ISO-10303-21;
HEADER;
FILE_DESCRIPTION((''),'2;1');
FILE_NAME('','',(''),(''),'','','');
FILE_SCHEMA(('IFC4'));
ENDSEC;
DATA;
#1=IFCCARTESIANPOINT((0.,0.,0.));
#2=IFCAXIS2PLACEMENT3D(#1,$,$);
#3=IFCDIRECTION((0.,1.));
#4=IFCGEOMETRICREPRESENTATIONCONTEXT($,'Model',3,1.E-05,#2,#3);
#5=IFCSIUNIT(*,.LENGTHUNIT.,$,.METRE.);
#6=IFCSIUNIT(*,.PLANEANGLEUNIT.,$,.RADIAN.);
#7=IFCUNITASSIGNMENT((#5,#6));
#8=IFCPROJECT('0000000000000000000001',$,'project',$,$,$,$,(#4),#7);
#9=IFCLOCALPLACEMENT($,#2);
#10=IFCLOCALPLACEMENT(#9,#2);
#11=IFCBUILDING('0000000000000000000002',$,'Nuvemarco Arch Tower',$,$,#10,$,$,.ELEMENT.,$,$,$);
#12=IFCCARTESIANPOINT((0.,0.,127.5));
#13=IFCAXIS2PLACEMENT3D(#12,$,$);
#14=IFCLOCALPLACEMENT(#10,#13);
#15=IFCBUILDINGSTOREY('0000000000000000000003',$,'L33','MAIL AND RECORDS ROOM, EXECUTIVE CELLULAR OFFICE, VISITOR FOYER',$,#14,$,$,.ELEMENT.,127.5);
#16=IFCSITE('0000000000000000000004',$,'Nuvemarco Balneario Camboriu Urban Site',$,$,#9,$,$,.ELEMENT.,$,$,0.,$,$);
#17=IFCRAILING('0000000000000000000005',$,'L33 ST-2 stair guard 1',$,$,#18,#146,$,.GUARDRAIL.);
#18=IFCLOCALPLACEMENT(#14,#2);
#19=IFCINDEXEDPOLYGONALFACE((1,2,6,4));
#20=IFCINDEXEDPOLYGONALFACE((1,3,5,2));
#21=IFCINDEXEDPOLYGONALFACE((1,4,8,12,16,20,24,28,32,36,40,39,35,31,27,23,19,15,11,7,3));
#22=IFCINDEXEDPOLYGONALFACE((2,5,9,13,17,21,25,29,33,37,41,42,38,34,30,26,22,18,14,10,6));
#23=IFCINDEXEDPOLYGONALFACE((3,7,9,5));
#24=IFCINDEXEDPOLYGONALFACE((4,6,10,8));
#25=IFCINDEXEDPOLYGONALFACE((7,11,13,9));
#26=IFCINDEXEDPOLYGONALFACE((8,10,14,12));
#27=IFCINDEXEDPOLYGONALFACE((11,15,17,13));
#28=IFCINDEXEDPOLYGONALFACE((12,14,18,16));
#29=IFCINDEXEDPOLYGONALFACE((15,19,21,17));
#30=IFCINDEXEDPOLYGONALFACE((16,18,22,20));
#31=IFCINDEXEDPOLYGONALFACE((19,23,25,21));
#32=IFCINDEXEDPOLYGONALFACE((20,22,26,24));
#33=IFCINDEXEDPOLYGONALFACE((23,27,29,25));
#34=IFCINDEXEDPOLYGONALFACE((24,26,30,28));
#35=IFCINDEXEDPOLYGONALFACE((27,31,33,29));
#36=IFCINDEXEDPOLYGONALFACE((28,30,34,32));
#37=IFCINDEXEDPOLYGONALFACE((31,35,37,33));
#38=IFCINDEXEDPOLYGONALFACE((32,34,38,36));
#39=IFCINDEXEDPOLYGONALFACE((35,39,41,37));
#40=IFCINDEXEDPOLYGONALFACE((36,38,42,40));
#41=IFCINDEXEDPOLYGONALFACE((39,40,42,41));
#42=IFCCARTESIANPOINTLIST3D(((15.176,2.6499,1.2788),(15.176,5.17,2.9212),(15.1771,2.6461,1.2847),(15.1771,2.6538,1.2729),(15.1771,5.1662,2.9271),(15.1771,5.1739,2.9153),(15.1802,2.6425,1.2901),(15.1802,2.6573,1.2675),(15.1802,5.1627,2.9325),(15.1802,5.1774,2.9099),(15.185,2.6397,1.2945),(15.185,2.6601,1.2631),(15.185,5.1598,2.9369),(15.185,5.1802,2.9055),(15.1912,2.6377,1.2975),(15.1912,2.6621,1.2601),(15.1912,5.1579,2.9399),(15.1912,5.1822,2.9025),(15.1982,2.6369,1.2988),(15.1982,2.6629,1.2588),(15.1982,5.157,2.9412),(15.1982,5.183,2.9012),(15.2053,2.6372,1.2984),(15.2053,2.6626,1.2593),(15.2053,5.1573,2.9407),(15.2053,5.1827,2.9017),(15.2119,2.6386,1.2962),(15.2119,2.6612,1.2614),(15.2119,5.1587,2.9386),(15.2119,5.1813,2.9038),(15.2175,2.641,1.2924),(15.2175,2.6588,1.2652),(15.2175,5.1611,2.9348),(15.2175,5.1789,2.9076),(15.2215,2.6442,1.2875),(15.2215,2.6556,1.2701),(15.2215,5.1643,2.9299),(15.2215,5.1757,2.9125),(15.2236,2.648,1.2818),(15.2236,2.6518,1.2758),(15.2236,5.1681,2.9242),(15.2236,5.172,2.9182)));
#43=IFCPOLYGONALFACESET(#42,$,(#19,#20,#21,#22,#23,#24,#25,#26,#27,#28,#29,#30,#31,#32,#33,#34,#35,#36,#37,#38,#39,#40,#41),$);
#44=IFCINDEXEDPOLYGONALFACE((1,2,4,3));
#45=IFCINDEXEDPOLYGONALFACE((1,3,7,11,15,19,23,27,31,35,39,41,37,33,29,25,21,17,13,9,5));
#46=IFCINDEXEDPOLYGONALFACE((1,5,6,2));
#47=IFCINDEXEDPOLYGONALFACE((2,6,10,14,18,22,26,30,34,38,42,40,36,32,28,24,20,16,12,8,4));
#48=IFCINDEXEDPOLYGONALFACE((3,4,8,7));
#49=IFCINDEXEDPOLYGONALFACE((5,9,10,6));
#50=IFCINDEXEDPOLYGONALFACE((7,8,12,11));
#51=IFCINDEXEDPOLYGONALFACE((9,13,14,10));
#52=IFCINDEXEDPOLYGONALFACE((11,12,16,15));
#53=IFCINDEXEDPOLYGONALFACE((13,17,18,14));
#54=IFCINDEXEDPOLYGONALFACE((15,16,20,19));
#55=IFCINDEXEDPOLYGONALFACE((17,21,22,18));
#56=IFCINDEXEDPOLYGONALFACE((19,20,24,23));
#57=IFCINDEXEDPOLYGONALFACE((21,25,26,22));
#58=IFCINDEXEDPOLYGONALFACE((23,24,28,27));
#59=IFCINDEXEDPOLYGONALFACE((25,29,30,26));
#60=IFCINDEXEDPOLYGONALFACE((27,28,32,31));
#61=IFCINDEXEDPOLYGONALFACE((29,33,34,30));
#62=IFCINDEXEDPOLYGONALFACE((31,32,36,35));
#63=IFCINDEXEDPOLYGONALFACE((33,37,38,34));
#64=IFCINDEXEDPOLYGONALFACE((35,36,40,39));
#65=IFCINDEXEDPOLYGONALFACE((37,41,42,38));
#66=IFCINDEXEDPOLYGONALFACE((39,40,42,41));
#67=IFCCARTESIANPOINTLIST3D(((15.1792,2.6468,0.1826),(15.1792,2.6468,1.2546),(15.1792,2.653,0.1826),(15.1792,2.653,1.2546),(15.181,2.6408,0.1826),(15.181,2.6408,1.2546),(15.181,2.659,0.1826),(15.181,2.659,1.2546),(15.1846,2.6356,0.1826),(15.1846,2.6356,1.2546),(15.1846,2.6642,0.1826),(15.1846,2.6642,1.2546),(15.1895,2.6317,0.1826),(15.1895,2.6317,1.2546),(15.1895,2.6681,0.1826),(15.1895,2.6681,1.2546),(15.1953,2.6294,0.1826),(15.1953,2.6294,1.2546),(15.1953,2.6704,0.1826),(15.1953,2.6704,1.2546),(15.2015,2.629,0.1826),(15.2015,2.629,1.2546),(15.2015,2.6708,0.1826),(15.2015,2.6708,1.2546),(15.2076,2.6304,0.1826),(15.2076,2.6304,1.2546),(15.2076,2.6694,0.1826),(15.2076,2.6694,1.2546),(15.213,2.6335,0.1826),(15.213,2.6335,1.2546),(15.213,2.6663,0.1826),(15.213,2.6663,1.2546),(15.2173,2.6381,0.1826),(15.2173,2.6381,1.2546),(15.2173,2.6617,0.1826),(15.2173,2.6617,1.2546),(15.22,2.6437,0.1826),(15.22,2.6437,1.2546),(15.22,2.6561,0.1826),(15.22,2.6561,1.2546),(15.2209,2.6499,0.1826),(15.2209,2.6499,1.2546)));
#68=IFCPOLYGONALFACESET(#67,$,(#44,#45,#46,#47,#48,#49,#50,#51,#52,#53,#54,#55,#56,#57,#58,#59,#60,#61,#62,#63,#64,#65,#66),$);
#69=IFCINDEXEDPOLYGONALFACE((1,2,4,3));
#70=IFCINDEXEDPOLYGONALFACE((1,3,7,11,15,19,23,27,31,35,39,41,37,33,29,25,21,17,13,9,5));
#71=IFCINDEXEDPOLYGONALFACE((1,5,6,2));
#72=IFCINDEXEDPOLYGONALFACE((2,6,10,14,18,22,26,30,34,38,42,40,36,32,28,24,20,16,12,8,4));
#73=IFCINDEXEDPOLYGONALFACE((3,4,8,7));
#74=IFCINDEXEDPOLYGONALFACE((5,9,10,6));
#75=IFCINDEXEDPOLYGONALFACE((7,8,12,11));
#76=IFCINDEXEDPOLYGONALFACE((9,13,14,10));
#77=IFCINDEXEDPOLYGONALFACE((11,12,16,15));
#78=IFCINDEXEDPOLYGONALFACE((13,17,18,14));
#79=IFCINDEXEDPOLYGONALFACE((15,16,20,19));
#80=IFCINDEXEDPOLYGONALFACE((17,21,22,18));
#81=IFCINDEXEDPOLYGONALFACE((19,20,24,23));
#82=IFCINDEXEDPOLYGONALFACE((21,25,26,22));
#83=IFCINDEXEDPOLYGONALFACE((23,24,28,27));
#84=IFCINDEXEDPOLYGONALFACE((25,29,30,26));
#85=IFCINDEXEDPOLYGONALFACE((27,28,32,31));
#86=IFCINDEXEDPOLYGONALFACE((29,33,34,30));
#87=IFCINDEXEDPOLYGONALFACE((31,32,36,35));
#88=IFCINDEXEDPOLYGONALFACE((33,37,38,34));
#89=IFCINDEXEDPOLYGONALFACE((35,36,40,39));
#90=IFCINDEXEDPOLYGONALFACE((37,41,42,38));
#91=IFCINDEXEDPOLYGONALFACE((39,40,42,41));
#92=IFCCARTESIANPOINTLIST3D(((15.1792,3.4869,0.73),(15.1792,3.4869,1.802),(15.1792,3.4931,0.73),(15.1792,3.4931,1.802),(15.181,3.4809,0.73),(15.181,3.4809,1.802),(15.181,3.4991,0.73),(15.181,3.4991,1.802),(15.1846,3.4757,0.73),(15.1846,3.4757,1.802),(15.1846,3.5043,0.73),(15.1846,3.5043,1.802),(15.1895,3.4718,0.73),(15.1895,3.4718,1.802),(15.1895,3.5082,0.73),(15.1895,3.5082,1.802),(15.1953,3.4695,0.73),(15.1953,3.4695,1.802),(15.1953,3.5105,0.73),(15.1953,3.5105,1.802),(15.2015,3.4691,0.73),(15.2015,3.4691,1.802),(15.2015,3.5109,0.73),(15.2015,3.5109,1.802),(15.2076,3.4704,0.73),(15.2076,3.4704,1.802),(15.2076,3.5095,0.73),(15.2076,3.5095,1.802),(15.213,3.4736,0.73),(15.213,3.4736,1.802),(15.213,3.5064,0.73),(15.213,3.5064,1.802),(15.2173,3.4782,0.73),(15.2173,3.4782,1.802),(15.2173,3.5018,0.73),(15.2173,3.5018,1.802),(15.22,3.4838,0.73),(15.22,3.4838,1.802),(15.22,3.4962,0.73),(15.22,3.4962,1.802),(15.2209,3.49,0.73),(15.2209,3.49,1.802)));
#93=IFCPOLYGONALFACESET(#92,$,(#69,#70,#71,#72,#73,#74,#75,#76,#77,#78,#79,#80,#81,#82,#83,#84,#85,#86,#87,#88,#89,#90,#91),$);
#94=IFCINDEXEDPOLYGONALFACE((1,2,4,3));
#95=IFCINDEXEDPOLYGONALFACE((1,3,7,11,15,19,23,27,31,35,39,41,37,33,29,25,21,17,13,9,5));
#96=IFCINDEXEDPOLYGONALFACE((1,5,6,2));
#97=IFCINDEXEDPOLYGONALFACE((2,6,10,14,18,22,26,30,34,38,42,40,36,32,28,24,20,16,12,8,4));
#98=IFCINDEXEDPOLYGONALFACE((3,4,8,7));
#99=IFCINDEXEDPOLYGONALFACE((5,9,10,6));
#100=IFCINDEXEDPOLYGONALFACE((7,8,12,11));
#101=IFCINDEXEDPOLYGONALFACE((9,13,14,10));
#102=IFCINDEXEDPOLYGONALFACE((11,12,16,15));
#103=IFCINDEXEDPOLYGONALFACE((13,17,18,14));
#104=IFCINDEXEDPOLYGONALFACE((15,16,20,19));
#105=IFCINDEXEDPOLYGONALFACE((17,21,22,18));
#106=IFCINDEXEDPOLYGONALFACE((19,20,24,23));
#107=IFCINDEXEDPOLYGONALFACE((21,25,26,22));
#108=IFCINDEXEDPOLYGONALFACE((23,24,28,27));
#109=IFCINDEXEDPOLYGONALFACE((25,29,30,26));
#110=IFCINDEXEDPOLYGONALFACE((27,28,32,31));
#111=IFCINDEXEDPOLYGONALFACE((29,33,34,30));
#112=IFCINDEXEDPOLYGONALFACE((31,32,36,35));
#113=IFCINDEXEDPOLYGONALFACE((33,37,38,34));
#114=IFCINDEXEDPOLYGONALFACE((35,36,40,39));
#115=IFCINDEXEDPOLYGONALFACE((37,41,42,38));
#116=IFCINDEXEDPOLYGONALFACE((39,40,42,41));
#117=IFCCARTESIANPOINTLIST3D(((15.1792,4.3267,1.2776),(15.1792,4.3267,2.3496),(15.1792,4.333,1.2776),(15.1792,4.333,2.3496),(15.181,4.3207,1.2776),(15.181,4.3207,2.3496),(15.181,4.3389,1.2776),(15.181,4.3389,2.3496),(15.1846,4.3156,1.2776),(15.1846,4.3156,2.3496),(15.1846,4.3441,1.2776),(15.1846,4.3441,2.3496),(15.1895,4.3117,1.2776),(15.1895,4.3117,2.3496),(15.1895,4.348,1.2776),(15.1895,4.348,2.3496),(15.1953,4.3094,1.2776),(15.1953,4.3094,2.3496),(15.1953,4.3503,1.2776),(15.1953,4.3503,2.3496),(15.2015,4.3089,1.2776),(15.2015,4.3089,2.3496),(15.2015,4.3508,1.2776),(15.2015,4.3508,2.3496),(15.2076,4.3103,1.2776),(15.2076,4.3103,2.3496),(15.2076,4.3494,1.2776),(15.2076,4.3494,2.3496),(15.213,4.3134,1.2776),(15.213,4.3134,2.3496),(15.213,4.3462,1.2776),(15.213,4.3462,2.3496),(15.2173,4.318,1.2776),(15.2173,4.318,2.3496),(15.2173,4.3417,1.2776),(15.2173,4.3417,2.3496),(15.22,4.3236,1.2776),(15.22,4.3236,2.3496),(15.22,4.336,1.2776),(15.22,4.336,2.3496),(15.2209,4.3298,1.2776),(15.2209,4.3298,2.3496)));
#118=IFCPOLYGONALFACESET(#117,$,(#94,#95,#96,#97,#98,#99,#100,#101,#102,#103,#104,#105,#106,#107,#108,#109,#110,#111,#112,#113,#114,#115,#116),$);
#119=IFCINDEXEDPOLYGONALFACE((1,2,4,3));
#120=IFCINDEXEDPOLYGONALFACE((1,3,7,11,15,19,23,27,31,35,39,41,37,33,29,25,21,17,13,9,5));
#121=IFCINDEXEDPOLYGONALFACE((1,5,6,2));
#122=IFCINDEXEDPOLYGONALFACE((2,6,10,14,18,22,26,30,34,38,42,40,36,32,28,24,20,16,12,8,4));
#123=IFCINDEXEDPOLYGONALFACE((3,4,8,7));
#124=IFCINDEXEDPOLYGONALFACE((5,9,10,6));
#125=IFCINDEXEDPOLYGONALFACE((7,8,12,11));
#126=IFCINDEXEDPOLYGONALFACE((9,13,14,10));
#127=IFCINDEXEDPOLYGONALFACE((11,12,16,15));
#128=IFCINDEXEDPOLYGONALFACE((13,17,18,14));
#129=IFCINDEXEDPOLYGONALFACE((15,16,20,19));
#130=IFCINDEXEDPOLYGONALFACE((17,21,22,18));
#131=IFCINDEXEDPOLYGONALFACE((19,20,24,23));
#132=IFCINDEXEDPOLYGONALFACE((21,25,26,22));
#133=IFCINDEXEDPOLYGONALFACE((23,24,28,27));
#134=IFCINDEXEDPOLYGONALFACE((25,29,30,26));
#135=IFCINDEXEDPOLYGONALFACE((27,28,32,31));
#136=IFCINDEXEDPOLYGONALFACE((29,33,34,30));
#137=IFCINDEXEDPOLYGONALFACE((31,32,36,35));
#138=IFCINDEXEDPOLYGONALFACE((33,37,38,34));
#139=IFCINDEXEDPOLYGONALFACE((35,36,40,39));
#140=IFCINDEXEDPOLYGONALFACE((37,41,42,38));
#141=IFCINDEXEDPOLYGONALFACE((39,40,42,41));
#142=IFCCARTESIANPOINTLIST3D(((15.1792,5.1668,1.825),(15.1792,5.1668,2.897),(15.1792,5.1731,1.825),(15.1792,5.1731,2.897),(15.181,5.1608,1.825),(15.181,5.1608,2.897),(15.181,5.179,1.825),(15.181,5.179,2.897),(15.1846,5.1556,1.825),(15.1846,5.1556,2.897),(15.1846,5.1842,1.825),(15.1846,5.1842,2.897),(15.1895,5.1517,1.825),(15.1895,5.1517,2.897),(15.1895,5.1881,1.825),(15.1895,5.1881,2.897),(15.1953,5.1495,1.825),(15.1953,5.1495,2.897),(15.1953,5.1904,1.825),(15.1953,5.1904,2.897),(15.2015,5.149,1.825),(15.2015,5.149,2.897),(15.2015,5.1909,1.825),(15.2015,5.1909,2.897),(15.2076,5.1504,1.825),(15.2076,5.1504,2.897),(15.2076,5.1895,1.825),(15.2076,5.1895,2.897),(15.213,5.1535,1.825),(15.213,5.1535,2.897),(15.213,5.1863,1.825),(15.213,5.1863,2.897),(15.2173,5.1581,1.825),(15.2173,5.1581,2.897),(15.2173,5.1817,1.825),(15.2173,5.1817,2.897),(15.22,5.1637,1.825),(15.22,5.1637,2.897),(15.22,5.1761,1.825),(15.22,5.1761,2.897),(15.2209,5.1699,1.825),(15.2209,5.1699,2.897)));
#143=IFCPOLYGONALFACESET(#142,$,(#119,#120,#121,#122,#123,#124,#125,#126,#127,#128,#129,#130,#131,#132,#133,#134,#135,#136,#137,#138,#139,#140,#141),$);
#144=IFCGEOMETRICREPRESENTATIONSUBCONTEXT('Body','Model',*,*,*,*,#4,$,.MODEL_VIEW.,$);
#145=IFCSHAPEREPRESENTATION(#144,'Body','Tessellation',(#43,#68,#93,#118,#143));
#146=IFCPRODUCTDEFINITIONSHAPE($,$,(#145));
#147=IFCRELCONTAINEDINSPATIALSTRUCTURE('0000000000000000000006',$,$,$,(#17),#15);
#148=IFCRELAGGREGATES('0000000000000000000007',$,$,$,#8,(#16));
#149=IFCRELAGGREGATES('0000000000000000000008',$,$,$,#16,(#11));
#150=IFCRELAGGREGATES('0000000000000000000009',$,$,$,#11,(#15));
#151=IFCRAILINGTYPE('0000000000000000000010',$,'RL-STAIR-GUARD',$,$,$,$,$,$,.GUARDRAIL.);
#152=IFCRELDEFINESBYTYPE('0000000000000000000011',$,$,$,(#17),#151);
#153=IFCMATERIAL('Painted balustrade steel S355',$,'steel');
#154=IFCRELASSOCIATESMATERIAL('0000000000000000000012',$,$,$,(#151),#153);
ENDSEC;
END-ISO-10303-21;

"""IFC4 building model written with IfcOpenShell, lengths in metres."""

from ifc_helpers import new_model, si_unit, direction, frame, origin, origin_2d, place, context, subcontext, project, spatial, circle, extrude, material, type_object, element, save


model = new_model("IFC4")

# Units and contexts
model_context = context("Model", 3, precision=1e-05, world=origin(), true_north=direction((0.0, 1.0)))
body_context = subcontext(model_context, "Body", "Model", "MODEL_VIEW")
ifc_project = project(units=[si_unit("LENGTHUNIT", "METRE"), si_unit("PLANEANGLEUNIT", "RADIAN")], contexts=[model_context])

# Site, building, storey
site_placement = place(None, origin())
site = spatial("IfcSite", under=ifc_project, at=site_placement, Name="Nuvemarco Balneario Camboriu Urban Site", CompositionType="ELEMENT", RefElevation=0.0)
building_placement = place(site_placement, origin())
building = spatial("IfcBuilding", under=site, at=building_placement, Name="Nuvemarco Arch Tower", CompositionType="ELEMENT")
storey_placement = place(building_placement, frame((0.0, 0.0, 127.5)))
storey = spatial("IfcBuildingStorey", under=building, at=storey_placement, Name="L33", Description="MAIL AND RECORDS ROOM, EXECUTIVE CELLULAR OFFICE, VISITOR FOYER", CompositionType="ELEMENT", Elevation=127.5)

# Railing
ifc_material_1 = material(Name="Painted balustrade steel S355", Category="steel")
railing_type_1 = type_object("IfcRailingType", Name="RL-STAIR-GUARD", PredefinedType="GUARDRAIL", material=ifc_material_1)
railing_1_placement = place(storey_placement, frame((15.2, 2.6499, 0.1826)))
element("IfcRailing", 1, at=railing_1_placement, inside=storey, type_object=railing_type_1, Name="L33 ST-2 stair guard 1", PredefinedType="GUARDRAIL", context=body_context, shape_type="SweptSolid", body=[
    extrude(circle(Radius=0.0239, at=origin_2d()), frame((0.0, 0.0, 1.0962), z_axis=(0.0, 0.837787, 0.545998), x_axis=(-1.0, 0.0, 0.0)), (0.0, 0.0, 1.0), 3.0081),
    extrude(circle(Radius=0.021, at=origin_2d()), origin(), (0.0, 0.0, 1.0), 1.072),
    extrude(circle(Radius=0.021, at=origin_2d()), frame((0.0, 0.8401, 0.5474)), (0.0, 0.0, 1.0), 1.072),
    extrude(circle(Radius=0.021, at=origin_2d()), frame((0.0, 1.6799, 1.095)), (0.0, 0.0, 1.0), 1.072),
    extrude(circle(Radius=0.021, at=origin_2d()), frame((0.0, 2.52, 1.6423)), (0.0, 0.0, 1.0), 1.072),
])

save(model, "model.ifc")
